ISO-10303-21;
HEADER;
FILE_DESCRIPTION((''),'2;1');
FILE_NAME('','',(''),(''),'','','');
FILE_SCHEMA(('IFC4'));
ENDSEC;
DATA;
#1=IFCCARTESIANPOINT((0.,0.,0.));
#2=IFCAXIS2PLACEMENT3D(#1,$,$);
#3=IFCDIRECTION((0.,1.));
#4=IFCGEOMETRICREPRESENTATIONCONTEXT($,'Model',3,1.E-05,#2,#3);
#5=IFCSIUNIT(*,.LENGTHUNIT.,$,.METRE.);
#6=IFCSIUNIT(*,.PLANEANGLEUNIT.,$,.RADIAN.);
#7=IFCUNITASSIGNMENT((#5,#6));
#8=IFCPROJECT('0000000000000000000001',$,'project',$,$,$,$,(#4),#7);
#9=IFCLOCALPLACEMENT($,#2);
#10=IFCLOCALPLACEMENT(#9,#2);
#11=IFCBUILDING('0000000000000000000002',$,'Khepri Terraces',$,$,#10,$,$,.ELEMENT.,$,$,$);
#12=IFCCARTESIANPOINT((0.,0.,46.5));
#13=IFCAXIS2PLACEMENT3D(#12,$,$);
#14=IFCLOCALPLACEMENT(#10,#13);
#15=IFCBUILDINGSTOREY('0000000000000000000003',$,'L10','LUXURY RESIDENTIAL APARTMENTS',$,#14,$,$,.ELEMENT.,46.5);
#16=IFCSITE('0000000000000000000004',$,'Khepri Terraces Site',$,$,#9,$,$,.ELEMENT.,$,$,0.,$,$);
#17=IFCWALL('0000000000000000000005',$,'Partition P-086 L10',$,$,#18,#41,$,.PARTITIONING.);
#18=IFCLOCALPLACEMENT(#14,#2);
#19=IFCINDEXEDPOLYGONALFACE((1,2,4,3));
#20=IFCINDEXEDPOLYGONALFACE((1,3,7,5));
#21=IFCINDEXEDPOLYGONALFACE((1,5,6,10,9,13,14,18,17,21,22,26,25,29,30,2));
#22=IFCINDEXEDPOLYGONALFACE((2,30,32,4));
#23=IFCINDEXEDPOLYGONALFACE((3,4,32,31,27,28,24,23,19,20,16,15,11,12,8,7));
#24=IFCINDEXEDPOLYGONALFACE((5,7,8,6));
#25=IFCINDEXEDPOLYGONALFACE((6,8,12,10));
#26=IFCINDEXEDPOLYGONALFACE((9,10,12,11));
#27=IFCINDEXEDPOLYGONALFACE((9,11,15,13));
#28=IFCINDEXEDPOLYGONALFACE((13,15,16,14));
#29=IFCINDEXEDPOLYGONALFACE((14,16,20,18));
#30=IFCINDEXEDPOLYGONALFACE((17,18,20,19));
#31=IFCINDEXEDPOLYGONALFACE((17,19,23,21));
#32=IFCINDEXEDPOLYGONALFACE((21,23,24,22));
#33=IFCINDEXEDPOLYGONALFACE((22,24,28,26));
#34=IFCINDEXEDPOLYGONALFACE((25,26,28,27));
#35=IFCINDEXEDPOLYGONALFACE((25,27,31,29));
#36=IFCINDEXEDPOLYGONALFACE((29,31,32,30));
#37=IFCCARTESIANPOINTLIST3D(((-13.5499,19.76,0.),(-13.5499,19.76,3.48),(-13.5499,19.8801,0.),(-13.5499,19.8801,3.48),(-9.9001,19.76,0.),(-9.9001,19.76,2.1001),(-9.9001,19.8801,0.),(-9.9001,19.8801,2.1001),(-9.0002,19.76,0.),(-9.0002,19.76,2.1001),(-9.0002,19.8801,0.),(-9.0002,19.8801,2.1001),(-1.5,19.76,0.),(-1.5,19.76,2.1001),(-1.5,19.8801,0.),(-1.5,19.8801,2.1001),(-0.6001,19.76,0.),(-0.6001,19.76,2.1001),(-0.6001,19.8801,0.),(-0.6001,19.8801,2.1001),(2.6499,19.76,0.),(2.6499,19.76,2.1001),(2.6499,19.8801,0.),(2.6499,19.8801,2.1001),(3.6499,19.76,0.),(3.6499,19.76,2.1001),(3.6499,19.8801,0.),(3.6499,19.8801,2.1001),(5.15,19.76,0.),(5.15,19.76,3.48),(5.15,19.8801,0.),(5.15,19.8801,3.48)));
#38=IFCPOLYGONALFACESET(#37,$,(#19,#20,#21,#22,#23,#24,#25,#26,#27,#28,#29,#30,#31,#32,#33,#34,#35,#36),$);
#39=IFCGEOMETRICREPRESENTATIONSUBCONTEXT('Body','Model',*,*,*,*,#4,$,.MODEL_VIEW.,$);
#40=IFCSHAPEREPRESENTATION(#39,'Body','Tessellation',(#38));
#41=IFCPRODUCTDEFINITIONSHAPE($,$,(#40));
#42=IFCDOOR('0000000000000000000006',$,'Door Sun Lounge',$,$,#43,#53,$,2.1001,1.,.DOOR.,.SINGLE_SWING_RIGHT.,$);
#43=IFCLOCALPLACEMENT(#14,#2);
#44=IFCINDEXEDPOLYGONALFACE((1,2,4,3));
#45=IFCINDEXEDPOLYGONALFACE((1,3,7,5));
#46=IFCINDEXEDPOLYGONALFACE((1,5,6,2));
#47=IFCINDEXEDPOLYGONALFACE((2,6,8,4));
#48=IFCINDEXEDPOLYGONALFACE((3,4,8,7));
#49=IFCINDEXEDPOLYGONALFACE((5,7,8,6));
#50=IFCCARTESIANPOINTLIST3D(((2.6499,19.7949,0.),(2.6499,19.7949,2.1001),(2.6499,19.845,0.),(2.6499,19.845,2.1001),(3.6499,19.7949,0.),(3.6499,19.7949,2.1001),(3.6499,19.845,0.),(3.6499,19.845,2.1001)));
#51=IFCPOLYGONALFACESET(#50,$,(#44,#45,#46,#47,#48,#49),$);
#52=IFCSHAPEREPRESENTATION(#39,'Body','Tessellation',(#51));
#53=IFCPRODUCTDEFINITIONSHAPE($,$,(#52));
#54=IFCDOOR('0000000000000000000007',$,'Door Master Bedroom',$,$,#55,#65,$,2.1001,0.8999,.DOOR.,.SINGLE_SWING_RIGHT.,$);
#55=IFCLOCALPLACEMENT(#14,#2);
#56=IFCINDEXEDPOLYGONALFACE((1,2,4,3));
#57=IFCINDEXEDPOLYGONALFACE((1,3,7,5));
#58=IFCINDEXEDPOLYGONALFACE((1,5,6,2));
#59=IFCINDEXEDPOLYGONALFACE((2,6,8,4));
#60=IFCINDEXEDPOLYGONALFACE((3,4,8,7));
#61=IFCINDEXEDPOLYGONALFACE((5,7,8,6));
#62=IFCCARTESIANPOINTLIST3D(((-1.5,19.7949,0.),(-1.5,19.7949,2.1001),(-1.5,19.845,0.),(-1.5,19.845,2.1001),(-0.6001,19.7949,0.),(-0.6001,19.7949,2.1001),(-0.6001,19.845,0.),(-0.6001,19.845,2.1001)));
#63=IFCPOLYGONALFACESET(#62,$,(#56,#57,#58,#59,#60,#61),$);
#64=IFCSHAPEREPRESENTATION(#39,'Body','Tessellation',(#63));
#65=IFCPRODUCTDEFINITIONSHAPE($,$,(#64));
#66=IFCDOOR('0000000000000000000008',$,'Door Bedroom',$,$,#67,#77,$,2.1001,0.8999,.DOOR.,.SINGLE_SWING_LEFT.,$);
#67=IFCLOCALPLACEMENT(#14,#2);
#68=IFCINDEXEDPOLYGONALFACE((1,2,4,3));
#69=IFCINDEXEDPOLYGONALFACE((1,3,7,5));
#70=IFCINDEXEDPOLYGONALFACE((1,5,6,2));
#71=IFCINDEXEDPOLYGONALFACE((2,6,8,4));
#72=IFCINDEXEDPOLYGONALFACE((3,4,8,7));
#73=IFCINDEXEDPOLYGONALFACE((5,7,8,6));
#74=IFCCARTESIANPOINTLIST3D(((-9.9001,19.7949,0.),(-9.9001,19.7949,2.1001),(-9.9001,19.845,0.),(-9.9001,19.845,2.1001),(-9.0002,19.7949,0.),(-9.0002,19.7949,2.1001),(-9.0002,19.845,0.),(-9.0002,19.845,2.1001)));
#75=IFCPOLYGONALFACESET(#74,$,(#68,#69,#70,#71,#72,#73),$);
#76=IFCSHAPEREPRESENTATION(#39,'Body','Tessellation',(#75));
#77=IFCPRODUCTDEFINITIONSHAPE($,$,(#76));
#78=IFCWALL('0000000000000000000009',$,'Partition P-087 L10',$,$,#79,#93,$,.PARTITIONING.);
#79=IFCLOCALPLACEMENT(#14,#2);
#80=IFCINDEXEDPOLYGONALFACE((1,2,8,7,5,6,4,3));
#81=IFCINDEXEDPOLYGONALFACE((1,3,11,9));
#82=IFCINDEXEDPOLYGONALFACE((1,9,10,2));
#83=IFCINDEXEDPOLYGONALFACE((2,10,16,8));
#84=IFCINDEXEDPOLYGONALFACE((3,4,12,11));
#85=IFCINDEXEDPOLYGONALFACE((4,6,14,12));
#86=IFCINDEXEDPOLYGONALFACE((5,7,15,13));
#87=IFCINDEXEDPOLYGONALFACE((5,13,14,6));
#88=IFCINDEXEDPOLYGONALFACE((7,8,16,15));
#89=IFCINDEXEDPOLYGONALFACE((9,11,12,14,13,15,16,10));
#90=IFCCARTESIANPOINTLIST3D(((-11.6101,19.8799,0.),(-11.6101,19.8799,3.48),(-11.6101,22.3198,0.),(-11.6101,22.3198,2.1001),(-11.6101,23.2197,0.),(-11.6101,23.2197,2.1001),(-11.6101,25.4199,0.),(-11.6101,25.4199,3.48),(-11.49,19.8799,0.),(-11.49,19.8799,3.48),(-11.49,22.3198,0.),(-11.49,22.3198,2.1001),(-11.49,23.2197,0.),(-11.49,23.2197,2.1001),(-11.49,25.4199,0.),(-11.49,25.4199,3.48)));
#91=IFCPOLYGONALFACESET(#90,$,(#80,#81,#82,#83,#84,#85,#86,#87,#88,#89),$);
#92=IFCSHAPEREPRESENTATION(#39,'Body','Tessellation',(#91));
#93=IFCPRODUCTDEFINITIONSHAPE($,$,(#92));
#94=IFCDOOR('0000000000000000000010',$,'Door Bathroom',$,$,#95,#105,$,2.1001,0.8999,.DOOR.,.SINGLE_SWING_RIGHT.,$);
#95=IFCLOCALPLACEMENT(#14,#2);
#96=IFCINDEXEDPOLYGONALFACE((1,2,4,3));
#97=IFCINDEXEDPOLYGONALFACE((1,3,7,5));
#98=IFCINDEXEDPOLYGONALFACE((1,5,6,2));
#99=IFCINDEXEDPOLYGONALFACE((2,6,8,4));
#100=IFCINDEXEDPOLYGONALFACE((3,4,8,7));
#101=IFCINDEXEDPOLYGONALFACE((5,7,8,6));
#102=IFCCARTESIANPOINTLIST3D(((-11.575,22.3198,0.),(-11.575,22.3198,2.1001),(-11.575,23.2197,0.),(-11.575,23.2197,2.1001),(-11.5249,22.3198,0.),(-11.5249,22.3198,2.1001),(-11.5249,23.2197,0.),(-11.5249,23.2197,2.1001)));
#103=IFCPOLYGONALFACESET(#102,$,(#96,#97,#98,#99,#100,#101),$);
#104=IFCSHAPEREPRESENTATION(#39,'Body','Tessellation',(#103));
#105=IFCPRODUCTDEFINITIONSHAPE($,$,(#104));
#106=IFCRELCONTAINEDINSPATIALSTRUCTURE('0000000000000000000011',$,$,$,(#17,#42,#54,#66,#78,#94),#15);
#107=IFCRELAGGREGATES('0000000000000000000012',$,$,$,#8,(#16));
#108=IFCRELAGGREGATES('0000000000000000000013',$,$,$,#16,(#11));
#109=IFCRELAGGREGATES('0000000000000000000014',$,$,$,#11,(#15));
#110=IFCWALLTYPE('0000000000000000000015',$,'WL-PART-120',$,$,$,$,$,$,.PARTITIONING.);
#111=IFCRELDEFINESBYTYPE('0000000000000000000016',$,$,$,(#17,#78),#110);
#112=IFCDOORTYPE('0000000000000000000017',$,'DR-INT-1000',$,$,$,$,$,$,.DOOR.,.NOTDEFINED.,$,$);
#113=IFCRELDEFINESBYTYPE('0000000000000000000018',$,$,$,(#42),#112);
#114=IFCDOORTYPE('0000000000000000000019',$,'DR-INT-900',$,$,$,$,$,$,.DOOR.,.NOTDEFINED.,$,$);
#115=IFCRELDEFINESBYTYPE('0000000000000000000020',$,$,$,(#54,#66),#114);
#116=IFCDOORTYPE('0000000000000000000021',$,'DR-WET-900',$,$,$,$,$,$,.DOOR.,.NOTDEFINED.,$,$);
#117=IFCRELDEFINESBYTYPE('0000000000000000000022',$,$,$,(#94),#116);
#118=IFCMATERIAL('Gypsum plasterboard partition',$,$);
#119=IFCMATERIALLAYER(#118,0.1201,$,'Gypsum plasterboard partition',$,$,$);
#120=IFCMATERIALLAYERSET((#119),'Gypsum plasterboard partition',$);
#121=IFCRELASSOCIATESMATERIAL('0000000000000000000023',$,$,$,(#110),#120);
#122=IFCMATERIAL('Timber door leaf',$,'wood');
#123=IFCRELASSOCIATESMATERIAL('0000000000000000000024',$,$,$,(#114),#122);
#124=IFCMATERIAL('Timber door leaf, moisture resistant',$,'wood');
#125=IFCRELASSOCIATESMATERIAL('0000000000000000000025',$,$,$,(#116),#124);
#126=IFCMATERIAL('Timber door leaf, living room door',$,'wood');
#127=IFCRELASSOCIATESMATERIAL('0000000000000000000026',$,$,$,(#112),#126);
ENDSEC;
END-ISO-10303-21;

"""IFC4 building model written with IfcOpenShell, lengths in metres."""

from ifc_helpers import new_model, si_unit, direction, frame, frame_2d, origin, place, context, subcontext, project, spatial, rectangle, extrude, material, layer, layer_set, type_object, element, fill, save


model = new_model("IFC4")

# Units and contexts
model_context = context("Model", 3, precision=1e-05, world=origin(), true_north=direction((0.0, 1.0)))
body_context = subcontext(model_context, "Body", "Model", "MODEL_VIEW")
ifc_project = project(units=[si_unit("LENGTHUNIT", "METRE"), si_unit("PLANEANGLEUNIT", "RADIAN")], contexts=[model_context])

# Site, building, storey
site_placement = place(None, origin())
site = spatial("IfcSite", under=ifc_project, at=site_placement, Name="Khepri Terraces Site", CompositionType="ELEMENT", RefElevation=0.0)
building_placement = place(site_placement, origin())
building = spatial("IfcBuilding", under=site, at=building_placement, Name="Khepri Terraces", CompositionType="ELEMENT")
storey_placement = place(building_placement, frame((0.0, 0.0, 46.5)))
storey = spatial("IfcBuildingStorey", under=building, at=storey_placement, Name="L10", Description="LUXURY RESIDENTIAL APARTMENTS", CompositionType="ELEMENT", Elevation=46.5)

# Shared definitions
ifc_material_1 = material(Name="Gypsum plasterboard partition")
ifc_layer_1 = layer(ifc_material_1, 0.1201, Name="Gypsum plasterboard partition")
ifc_layer_set_1 = layer_set([ifc_layer_1], Name="Gypsum plasterboard partition")
wall_type_1 = type_object("IfcWallType", Name="WL-PART-120", PredefinedType="PARTITIONING", material=ifc_layer_set_1)
ifc_material_2 = material(Name="Timber door leaf", Category="wood")
door_type_1 = type_object("IfcDoorType", Name="DR-INT-900", OperationType="NOTDEFINED", PredefinedType="DOOR", material=ifc_material_2)

# Wall, openings, doors
ifc_material_3 = material(Name="Timber door leaf, moisture resistant", Category="wood")
door_type_2 = type_object("IfcDoorType", Name="DR-WET-900", OperationType="NOTDEFINED", PredefinedType="DOOR", material=ifc_material_3)
wall_1_placement = place(storey_placement, frame((-13.55, 19.8201, 0.0), z_axis=(0.0, 0.0, 1.0), x_axis=(1.0, 0.0, 0.0)))
wall_1 = element("IfcWall", 1, at=wall_1_placement, inside=storey, type_object=wall_type_1, Name="Partition P-086 L10", PredefinedType="PARTITIONING", context=body_context, shape_type="SweptSolid", body=[
    extrude(rectangle(XDim=18.7, YDim=0.1201, at=frame_2d((9.3501, 0.0))), origin(), (0.0, 0.0, 1.0), 3.48),
])
opening_1_placement = place(wall_1_placement, frame((16.2, 0.0, 0.0)))
opening_1 = element("IfcOpeningElement", 2, at=opening_1_placement, cuts=wall_1, PredefinedType="OPENING", context=body_context, shape_type="SweptSolid", body=[
    extrude(rectangle(XDim=1.0, YDim=2.1001, at=frame_2d((0.5, 1.05))), frame((0.0, 0.0701, 0.0), z_axis=(0.0, -1.0, 0.0), x_axis=(1.0, 0.0, 0.0)), (0.0, 0.0, 1.0), 0.1401),
])
opening_2_placement = place(wall_1_placement, frame((12.05, 0.0, 0.0)))
opening_2 = element("IfcOpeningElement", 3, at=opening_2_placement, cuts=wall_1, PredefinedType="OPENING", context=body_context, shape_type="SweptSolid", body=[
    extrude(rectangle(XDim=0.8999, YDim=2.1001, at=frame_2d((0.45, 1.05))), frame((0.0, 0.0701, 0.0), z_axis=(0.0, -1.0, 0.0), x_axis=(1.0, 0.0, 0.0)), (0.0, 0.0, 1.0), 0.1401),
])
opening_3_placement = place(wall_1_placement, frame((3.6499, 0.0, 0.0)))
opening_3 = element("IfcOpeningElement", 4, at=opening_3_placement, cuts=wall_1, PredefinedType="OPENING", context=body_context, shape_type="SweptSolid", body=[
    extrude(rectangle(XDim=0.8999, YDim=2.1001, at=frame_2d((0.45, 1.05))), frame((0.0, 0.0701, 0.0), z_axis=(0.0, -1.0, 0.0), x_axis=(1.0, 0.0, 0.0)), (0.0, 0.0, 1.0), 0.1401),
])
ifc_material_4 = material(Name="Timber door leaf, living room door", Category="wood")
door_type_3 = type_object("IfcDoorType", Name="DR-INT-1000", OperationType="NOTDEFINED", PredefinedType="DOOR", material=ifc_material_4)
door_1_placement = place(opening_1_placement, origin())
door_1 = element("IfcDoor", 5, at=door_1_placement, inside=storey, type_object=door_type_3, Name="Door Sun Lounge", OperationType="SINGLE_SWING_RIGHT", OverallHeight=2.1001, OverallWidth=1.0, PredefinedType="DOOR", context=body_context, shape_type="SweptSolid", body=[
    extrude(rectangle(XDim=1.0, YDim=2.1001, at=frame_2d((0.5, 1.05))), frame((0.0, 0.0249, 0.0), z_axis=(0.0, -1.0, 0.0), x_axis=(1.0, 0.0, 0.0)), (0.0, 0.0, 1.0), 0.05),
])
fill(opening_1, door_1)
door_2_placement = place(opening_2_placement, origin())
door_2 = element("IfcDoor", 6, at=door_2_placement, inside=storey, type_object=door_type_1, Name="Door Master Bedroom", OperationType="SINGLE_SWING_RIGHT", OverallHeight=2.1001, OverallWidth=0.8999, PredefinedType="DOOR", context=body_context, shape_type="SweptSolid", body=[
    extrude(rectangle(XDim=0.8999, YDim=2.1001, at=frame_2d((0.45, 1.05))), frame((0.0, 0.0249, 0.0), z_axis=(0.0, -1.0, 0.0), x_axis=(1.0, 0.0, 0.0)), (0.0, 0.0, 1.0), 0.05),
])
fill(opening_2, door_2)
door_3_placement = place(opening_3_placement, origin())
door_3 = element("IfcDoor", 7, at=door_3_placement, inside=storey, type_object=door_type_1, Name="Door Bedroom", OperationType="SINGLE_SWING_LEFT", OverallHeight=2.1001, OverallWidth=0.8999, PredefinedType="DOOR", context=body_context, shape_type="SweptSolid", body=[
    extrude(rectangle(XDim=0.8999, YDim=2.1001, at=frame_2d((0.45, 1.05))), frame((0.0, 0.0249, 0.0), z_axis=(0.0, -1.0, 0.0), x_axis=(1.0, 0.0, 0.0)), (0.0, 0.0, 1.0), 0.05),
])
fill(opening_3, door_3)

# Wall, opening, door
wall_2_placement = place(storey_placement, frame((-11.55, 19.8799, 0.0), z_axis=(0.0, 0.0, 1.0), x_axis=(0.0, 1.0, 0.0)))
wall_2 = element("IfcWall", 8, at=wall_2_placement, inside=storey, type_object=wall_type_1, Name="Partition P-087 L10", PredefinedType="PARTITIONING", context=body_context, shape_type="SweptSolid", body=[
    extrude(rectangle(XDim=5.54, YDim=0.1201, at=frame_2d((2.77, 0.0))), origin(), (0.0, 0.0, 1.0), 3.48),
])
opening_4_placement = place(wall_2_placement, frame((2.4399, 0.0, 0.0)))
opening_4 = element("IfcOpeningElement", 9, at=opening_4_placement, cuts=wall_2, PredefinedType="OPENING", context=body_context, shape_type="SweptSolid", body=[
    extrude(rectangle(XDim=0.8999, YDim=2.1001, at=frame_2d((0.45, 1.05))), frame((0.0, 0.0701, 0.0), z_axis=(0.0, -1.0, 0.0), x_axis=(1.0, 0.0, 0.0)), (0.0, 0.0, 1.0), 0.1401),
])
door_4_placement = place(opening_4_placement, origin())
door_4 = element("IfcDoor", 10, at=door_4_placement, inside=storey, type_object=door_type_2, Name="Door Bathroom", OperationType="SINGLE_SWING_RIGHT", OverallHeight=2.1001, OverallWidth=0.8999, PredefinedType="DOOR", context=body_context, shape_type="SweptSolid", body=[
    extrude(rectangle(XDim=0.8999, YDim=2.1001, at=frame_2d((0.45, 1.05))), frame((0.0, 0.0249, 0.0), z_axis=(0.0, -1.0, 0.0), x_axis=(1.0, 0.0, 0.0)), (0.0, 0.0, 1.0), 0.05),
])
fill(opening_4, door_4)

save(model, "model.ifc")
